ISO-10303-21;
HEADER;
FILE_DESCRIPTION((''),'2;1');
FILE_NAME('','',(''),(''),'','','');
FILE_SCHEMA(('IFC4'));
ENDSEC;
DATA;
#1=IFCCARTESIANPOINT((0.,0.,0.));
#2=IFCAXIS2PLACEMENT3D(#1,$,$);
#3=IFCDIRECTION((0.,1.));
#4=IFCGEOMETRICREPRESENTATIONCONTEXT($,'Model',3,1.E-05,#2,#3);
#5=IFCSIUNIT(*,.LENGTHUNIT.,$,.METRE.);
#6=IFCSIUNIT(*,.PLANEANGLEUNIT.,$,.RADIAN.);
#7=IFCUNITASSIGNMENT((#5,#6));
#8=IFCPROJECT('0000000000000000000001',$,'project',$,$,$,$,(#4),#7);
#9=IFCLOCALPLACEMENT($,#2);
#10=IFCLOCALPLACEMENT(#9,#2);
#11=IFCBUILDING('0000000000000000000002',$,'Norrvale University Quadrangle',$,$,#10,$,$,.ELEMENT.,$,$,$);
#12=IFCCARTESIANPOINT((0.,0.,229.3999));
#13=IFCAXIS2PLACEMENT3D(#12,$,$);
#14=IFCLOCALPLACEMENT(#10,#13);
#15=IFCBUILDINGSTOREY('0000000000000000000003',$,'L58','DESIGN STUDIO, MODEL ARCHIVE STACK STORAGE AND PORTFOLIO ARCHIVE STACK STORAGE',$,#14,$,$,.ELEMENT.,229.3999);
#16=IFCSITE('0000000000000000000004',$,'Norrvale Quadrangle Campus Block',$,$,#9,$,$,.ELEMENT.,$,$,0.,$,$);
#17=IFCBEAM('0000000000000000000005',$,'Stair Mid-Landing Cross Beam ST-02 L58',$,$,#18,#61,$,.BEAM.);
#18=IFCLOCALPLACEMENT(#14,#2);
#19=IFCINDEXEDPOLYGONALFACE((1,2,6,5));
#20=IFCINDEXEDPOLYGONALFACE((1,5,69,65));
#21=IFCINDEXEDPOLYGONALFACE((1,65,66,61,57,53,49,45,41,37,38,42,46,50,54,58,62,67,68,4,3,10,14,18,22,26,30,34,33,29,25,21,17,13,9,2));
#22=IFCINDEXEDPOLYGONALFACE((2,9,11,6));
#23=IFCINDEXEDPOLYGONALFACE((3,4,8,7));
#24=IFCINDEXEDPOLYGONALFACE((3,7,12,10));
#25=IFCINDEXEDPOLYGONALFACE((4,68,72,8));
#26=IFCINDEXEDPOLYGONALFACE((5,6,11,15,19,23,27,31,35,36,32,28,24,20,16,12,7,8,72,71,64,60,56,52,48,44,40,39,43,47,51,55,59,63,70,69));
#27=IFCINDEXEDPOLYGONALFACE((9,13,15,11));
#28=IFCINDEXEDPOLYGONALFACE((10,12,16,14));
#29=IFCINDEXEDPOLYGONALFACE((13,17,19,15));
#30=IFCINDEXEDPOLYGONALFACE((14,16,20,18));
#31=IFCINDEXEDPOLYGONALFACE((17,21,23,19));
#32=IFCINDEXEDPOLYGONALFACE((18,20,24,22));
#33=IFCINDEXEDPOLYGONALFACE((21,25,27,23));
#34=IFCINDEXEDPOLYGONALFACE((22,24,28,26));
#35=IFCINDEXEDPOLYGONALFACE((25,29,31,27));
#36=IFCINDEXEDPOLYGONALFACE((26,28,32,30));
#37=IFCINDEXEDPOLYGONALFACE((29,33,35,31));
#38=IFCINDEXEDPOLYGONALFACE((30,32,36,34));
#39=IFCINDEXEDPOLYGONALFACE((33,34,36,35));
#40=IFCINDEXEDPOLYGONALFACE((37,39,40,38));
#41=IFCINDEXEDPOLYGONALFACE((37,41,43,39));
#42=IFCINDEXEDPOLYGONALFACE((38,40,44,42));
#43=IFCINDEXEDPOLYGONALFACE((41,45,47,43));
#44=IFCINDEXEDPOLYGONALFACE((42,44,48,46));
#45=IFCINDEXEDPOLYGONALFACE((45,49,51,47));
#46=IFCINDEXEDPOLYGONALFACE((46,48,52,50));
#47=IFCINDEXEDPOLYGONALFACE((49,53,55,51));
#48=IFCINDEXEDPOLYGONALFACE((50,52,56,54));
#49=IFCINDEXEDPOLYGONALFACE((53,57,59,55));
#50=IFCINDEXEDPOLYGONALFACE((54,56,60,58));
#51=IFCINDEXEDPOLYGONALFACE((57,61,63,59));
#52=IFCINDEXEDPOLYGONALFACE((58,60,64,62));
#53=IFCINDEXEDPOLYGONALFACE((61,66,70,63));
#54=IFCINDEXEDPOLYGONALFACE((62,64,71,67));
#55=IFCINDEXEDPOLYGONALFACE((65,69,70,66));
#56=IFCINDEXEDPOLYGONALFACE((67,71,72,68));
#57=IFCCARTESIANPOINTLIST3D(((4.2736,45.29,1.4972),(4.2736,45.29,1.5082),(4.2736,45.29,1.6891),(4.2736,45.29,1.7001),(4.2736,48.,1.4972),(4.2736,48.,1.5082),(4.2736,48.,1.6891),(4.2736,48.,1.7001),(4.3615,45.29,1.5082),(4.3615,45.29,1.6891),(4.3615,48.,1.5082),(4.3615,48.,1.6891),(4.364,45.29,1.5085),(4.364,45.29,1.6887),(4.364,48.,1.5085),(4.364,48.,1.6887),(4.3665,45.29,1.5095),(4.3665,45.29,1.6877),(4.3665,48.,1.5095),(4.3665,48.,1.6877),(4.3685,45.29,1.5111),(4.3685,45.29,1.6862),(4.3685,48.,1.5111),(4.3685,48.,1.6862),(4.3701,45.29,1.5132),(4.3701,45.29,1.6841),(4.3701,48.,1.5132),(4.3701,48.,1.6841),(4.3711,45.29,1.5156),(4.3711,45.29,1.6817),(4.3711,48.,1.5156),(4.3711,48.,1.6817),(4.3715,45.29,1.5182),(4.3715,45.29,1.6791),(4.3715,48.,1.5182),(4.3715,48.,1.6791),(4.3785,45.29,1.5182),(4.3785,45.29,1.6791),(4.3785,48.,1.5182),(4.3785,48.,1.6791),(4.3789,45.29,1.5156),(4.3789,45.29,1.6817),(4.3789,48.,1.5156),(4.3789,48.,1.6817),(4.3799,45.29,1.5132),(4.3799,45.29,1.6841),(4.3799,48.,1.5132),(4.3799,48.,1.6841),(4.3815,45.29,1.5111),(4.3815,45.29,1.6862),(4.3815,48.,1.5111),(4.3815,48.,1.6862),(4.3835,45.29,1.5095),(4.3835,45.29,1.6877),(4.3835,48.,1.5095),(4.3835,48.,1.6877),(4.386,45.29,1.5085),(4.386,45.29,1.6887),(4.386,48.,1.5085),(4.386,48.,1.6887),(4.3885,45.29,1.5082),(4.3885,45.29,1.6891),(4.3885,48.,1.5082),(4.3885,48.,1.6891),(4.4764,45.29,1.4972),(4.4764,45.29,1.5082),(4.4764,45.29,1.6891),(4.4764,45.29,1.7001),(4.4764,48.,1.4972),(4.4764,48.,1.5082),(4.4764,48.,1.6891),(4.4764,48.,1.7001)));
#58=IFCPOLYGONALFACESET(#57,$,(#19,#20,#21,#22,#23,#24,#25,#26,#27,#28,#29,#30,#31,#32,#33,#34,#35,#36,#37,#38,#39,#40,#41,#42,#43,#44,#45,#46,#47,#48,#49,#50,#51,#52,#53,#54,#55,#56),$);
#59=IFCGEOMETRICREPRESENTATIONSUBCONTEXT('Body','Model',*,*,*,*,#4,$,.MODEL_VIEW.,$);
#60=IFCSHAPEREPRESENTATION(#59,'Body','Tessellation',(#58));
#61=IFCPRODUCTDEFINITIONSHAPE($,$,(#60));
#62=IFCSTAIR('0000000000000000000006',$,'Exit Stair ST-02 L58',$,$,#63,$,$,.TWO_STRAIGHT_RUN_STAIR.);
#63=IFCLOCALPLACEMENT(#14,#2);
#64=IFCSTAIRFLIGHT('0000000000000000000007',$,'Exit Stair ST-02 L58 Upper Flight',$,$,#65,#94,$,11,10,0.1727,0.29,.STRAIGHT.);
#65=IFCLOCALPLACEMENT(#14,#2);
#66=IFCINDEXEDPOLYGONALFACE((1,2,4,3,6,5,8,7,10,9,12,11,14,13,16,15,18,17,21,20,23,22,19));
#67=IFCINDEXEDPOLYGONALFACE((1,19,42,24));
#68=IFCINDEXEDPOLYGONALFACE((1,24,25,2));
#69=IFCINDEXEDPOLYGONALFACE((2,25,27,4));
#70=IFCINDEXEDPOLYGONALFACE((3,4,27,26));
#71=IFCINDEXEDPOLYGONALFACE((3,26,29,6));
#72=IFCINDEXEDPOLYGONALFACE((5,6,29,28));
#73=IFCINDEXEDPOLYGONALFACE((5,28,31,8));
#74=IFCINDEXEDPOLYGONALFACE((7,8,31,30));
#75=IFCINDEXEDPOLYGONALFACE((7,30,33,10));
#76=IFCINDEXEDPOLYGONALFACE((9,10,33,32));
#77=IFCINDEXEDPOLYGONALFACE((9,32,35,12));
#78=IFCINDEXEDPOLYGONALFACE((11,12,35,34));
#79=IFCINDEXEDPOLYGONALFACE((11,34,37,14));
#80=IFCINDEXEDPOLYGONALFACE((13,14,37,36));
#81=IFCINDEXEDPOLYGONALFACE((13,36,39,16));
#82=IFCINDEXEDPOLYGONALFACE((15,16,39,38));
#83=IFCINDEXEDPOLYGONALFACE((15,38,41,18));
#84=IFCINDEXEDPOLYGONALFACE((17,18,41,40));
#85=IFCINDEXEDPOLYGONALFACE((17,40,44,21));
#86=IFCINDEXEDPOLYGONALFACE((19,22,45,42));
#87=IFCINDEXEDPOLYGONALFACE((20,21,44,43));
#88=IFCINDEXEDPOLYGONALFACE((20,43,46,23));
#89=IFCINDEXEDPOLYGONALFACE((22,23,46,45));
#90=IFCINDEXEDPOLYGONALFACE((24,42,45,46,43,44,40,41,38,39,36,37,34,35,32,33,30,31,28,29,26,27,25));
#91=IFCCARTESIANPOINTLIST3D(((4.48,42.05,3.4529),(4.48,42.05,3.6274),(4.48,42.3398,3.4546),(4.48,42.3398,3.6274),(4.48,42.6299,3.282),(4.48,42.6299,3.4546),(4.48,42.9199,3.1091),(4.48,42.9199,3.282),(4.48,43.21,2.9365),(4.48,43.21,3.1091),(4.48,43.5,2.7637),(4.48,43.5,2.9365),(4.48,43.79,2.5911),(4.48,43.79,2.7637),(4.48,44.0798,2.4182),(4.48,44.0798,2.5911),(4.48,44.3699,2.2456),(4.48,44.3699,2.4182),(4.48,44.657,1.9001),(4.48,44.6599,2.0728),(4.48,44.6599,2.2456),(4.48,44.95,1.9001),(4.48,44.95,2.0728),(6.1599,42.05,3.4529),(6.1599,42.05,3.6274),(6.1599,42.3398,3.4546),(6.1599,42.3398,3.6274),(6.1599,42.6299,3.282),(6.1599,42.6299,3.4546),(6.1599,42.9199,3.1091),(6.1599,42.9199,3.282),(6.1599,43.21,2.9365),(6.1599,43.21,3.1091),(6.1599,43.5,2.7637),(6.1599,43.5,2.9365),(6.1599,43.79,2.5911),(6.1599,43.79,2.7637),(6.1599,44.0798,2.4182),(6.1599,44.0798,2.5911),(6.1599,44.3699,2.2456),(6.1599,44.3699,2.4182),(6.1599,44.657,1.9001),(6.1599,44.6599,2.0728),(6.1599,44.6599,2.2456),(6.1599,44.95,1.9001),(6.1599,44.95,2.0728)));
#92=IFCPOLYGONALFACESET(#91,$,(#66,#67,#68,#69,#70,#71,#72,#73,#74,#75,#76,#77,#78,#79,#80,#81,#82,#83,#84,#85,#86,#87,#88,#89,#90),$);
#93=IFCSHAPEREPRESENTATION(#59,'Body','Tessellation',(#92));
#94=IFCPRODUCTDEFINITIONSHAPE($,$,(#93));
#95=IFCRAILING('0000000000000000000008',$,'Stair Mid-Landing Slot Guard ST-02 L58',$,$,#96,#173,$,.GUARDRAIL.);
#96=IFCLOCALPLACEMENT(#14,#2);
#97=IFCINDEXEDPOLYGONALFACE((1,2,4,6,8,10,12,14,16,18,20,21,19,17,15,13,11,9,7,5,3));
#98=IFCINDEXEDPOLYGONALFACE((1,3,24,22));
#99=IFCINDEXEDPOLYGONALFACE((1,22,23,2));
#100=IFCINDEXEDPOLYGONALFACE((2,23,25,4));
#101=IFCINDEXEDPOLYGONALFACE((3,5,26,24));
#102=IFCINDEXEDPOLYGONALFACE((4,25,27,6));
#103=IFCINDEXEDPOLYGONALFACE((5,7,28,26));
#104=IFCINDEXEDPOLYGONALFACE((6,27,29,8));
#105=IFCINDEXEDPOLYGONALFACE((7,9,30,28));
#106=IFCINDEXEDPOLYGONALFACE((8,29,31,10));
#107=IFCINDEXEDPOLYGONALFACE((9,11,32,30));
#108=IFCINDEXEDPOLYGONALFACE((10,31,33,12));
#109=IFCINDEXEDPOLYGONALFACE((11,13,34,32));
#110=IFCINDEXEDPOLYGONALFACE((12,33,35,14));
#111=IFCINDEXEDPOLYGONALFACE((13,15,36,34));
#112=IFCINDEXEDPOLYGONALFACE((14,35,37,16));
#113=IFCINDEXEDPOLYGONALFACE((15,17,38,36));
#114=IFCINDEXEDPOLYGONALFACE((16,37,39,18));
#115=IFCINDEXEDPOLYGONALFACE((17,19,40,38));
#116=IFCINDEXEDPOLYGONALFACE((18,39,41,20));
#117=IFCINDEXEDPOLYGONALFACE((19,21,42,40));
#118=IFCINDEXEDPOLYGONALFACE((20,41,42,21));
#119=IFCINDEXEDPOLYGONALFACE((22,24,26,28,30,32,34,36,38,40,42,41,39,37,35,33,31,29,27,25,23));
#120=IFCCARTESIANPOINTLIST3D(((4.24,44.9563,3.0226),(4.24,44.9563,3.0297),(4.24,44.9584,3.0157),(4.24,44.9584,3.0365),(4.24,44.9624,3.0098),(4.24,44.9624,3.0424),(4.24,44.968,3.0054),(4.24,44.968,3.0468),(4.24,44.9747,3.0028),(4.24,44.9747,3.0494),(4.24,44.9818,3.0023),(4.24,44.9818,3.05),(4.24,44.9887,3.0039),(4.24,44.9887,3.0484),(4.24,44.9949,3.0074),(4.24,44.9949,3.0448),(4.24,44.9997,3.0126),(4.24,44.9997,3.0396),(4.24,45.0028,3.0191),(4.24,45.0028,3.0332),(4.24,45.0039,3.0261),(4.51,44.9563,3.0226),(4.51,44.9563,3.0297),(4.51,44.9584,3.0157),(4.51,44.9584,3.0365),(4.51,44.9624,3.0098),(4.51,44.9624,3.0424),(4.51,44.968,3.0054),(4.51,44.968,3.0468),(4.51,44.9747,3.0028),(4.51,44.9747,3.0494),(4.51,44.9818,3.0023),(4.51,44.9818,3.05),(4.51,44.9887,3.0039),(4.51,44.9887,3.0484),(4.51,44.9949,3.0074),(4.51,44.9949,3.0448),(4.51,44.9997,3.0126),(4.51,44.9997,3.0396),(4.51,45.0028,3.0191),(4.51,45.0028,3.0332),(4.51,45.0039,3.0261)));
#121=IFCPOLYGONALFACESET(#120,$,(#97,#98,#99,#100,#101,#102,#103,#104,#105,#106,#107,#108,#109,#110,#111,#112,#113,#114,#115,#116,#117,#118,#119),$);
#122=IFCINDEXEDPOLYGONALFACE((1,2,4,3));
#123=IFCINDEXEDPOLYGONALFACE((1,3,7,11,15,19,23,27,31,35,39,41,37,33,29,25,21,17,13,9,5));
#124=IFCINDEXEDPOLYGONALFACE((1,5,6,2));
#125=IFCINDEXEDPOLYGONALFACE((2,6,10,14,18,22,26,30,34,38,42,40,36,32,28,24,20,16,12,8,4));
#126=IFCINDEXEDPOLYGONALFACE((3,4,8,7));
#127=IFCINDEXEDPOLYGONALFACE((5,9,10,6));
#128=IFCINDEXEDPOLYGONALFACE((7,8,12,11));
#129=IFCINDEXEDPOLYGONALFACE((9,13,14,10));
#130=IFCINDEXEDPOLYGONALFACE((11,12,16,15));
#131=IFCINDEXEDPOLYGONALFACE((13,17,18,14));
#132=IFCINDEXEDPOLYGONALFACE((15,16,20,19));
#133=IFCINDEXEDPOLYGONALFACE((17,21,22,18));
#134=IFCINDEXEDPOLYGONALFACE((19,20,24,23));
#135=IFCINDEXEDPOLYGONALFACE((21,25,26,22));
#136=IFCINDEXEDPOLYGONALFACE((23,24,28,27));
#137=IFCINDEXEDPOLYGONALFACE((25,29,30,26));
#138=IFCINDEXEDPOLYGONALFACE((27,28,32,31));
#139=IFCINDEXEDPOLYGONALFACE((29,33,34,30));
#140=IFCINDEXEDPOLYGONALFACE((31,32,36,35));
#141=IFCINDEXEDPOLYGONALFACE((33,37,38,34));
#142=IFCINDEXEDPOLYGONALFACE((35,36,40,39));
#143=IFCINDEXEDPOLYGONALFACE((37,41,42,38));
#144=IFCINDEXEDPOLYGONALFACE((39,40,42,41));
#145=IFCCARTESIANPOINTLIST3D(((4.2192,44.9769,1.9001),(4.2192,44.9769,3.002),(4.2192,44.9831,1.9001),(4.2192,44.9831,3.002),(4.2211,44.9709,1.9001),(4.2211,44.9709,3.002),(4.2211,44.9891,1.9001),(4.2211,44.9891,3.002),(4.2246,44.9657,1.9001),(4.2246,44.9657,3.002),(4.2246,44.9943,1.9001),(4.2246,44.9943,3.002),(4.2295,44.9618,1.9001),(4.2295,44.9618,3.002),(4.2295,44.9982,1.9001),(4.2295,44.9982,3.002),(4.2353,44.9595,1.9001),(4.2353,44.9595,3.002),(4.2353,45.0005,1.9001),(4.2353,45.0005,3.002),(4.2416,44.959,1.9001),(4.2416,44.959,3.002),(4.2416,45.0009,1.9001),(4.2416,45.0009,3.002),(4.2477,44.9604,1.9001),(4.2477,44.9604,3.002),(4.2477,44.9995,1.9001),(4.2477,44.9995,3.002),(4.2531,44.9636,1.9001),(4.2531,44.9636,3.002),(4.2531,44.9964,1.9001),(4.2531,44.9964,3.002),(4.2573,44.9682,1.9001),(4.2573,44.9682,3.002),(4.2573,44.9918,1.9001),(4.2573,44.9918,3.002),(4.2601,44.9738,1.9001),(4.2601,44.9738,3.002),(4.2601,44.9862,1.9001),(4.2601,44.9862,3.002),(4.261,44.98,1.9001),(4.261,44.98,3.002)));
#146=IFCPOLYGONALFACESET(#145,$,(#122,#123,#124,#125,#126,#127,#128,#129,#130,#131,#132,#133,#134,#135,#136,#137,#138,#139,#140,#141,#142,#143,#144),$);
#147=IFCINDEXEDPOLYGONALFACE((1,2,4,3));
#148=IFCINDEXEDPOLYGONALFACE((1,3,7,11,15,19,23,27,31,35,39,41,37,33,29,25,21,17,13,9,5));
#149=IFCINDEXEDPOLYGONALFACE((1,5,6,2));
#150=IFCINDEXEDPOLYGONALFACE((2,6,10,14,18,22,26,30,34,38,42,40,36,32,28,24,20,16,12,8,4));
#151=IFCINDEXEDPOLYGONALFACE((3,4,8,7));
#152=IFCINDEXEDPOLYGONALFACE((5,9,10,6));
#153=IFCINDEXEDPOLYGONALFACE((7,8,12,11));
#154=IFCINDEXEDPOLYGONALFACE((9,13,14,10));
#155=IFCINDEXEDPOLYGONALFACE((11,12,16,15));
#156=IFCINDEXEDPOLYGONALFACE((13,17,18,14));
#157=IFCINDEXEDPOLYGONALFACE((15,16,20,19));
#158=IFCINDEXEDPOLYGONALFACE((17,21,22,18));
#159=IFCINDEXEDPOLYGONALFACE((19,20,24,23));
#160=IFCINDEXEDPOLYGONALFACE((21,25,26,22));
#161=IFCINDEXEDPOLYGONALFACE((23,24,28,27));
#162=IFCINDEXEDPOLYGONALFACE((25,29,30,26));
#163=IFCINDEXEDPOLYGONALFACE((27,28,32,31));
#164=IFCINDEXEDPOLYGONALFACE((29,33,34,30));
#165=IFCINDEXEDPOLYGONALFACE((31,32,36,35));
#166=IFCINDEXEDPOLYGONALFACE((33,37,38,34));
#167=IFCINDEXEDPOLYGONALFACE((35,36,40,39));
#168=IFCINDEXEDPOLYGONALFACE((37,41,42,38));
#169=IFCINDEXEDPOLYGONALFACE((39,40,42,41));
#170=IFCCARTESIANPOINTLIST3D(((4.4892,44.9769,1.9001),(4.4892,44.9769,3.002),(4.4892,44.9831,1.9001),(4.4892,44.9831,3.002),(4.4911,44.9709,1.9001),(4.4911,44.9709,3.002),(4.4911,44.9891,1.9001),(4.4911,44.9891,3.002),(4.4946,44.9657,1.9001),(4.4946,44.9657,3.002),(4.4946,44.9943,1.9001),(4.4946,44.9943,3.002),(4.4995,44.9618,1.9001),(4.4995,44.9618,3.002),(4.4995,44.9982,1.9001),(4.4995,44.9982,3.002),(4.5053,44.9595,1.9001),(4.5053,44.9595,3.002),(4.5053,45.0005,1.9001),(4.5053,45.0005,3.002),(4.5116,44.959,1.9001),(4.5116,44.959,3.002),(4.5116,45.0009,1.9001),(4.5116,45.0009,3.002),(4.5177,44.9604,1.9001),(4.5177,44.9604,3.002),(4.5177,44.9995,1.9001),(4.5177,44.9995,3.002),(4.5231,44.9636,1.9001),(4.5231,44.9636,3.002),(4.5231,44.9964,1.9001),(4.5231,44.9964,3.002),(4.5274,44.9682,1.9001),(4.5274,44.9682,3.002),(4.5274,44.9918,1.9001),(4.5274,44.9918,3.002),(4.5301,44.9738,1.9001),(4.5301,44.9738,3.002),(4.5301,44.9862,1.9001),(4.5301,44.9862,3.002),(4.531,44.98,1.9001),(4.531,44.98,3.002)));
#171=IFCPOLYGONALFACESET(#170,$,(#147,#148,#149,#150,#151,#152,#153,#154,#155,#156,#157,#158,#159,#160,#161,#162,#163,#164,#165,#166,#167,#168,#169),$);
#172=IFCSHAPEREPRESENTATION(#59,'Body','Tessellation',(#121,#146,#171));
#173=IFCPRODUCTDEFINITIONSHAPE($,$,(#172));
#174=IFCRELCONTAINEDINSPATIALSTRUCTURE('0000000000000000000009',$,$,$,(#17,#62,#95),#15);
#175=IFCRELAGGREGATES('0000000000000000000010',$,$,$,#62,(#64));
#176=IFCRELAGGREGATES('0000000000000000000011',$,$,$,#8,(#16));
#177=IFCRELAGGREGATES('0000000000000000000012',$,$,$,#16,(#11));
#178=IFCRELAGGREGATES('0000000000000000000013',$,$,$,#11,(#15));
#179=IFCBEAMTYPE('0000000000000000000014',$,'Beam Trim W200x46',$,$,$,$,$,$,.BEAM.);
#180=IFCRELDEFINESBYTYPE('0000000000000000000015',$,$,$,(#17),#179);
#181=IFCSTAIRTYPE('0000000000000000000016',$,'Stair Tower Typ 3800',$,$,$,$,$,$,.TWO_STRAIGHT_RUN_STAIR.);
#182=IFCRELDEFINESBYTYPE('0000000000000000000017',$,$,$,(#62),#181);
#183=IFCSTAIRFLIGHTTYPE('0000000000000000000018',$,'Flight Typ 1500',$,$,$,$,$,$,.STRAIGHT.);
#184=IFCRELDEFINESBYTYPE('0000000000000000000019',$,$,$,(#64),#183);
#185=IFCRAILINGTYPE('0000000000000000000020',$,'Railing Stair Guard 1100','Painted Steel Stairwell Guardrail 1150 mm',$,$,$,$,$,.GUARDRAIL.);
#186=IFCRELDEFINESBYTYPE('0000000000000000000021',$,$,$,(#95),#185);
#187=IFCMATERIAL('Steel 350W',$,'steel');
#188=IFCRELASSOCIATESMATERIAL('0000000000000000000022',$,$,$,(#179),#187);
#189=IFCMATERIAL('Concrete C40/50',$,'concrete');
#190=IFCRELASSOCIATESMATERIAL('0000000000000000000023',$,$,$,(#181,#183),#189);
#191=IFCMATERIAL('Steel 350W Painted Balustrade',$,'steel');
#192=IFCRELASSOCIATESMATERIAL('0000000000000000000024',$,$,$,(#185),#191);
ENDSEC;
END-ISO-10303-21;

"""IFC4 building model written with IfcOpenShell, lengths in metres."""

from ifc_helpers import new_model, si_unit, direction, frame, origin, origin_2d, place, context, subcontext, project, spatial, polyline, circle, i_section, outline, extrude, material, material_profile, profile_set, type_object, element, aggregate, save


model = new_model("IFC4")

# Units and contexts
model_context = context("Model", 3, precision=1e-05, world=origin(), true_north=direction((0.0, 1.0)))
body_context = subcontext(model_context, "Body", "Model", "MODEL_VIEW")
ifc_project = project(units=[si_unit("LENGTHUNIT", "METRE"), si_unit("PLANEANGLEUNIT", "RADIAN")], contexts=[model_context])

# Site, building, storey
site_placement = place(None, origin())
site = spatial("IfcSite", under=ifc_project, at=site_placement, Name="Norrvale Quadrangle Campus Block", CompositionType="ELEMENT", RefElevation=0.0)
building_placement = place(site_placement, origin())
building = spatial("IfcBuilding", under=site, at=building_placement, Name="Norrvale University Quadrangle", CompositionType="ELEMENT")
storey_placement = place(building_placement, frame((0.0, 0.0, 229.3999)))
storey = spatial("IfcBuildingStorey", under=building, at=storey_placement, Name="L58", Description="DESIGN STUDIO, MODEL ARCHIVE STACK STORAGE AND PORTFOLIO ARCHIVE STACK STORAGE", CompositionType="ELEMENT", Elevation=229.3999)

# Beam
ifc_material_1 = material(Name="Steel 350W", Category="steel")
ifc_material_profile_1 = material_profile(ifc_material_1, i_section(OverallWidth=0.2029, OverallDepth=0.2029, WebThickness=0.0071, FlangeThickness=0.011, FilletRadius=0.01, at=origin_2d()), Name="Steel 350W")
ifc_profile_set_1 = profile_set([ifc_material_profile_1], Name="Steel 350W")
beam_type_1 = type_object("IfcBeamType", Name="Beam Trim W200x46", PredefinedType="BEAM", material=ifc_profile_set_1)
beam_1_placement = place(storey_placement, frame((4.375, 45.29, 1.5986), z_axis=(0.0, 1.0, 0.0), x_axis=(-1.0, 0.0, 0.0)))
element("IfcBeam", 1, at=beam_1_placement, inside=storey, type_object=beam_type_1, Name="Stair Mid-Landing Cross Beam ST-02 L58", PredefinedType="BEAM", context=body_context, shape_type="SweptSolid", body=[
    extrude(i_section(OverallWidth=0.2029, OverallDepth=0.2029, WebThickness=0.0071, FlangeThickness=0.011, FilletRadius=0.01, at=origin_2d()), origin(), (0.0, 0.0, 1.0), 2.71),
])

# Stair, stair flight
ifc_material_2 = material(Name="Concrete C40/50", Category="concrete")
stair_type = type_object("IfcStairType", Name="Stair Tower Typ 3800", PredefinedType="TWO_STRAIGHT_RUN_STAIR", material=ifc_material_2)
stair_placement = place(storey_placement, origin())
stair = element("IfcStair", 2, at=stair_placement, inside=storey, type_object=stair_type, Name="Exit Stair ST-02 L58", PredefinedType="TWO_STRAIGHT_RUN_STAIR")
stair_flight_type = type_object("IfcStairFlightType", Name="Flight Typ 1500", PredefinedType="STRAIGHT", material=ifc_material_2)
stair_flight_placement = place(storey_placement, frame((5.3201, 44.95, 1.9001), z_axis=(0.0, 0.0, 1.0), x_axis=(0.0, -1.0, 0.0)))
stair_flight = element("IfcStairFlight", 3, at=stair_flight_placement, type_object=stair_flight_type, Name="Exit Stair ST-02 L58 Upper Flight", NumberOfRisers=11, NumberOfTreads=10, PredefinedType="STRAIGHT", RiserHeight=0.1727, TreadLength=0.29, context=body_context, shape_type="SweptSolid", body=[
    extrude(outline(polyline([(0.0, 0.0), (0.0, 0.1726), (0.29, 0.1726), (0.29, 0.3455), (0.5801, 0.3455), (0.5801, 0.5181), (0.8701, 0.5181), (0.8701, 0.6909), (1.1599, 0.6909), (1.1599, 0.8635), (1.45, 0.8635), (1.45, 1.0364), (1.74, 1.0364), (1.74, 1.209), (2.03, 1.209), (2.03, 1.3818), (2.3201, 1.3818), (2.3201, 1.5544), (2.6101, 1.5544), (2.6101, 1.7273), (2.8999, 1.7273), (2.8999, 1.8999), (2.8999, 1.5527), (0.293, 0.0), (0.0, 0.0)])), frame((0.0, 0.8398, 0.0), z_axis=(0.0, -1.0, 0.0), x_axis=(1.0, 0.0, 0.0)), (0.0, 0.0, 1.0), 1.6799),
])
aggregate(stair, [stair_flight])

# Railing
ifc_material_3 = material(Name="Steel 350W Painted Balustrade", Category="steel")
railing_type_1 = type_object("IfcRailingType", Name="Railing Stair Guard 1100", Description="Painted Steel Stairwell Guardrail 1150 mm", PredefinedType="GUARDRAIL", material=ifc_material_3)
railing_1_placement = place(storey_placement, frame((4.24, 44.98, 1.9001)))
element("IfcRailing", 4, at=railing_1_placement, inside=storey, type_object=railing_type_1, Name="Stair Mid-Landing Slot Guard ST-02 L58", PredefinedType="GUARDRAIL", context=body_context, shape_type="SweptSolid", body=[
    extrude(circle(Radius=0.0239, at=origin_2d()), frame((0.0, 0.0, 1.126), z_axis=(1.0, 0.0, 0.0), x_axis=(0.0, 1.0, 0.0)), (0.0, 0.0, 1.0), 0.27),
    extrude(circle(Radius=0.021, at=origin_2d()), origin(), (0.0, 0.0, 1.0), 1.1018),
    extrude(circle(Radius=0.021, at=origin_2d()), frame((0.27, 0.0, 0.0)), (0.0, 0.0, 1.0), 1.1018),
])

save(model, "model.ifc")
